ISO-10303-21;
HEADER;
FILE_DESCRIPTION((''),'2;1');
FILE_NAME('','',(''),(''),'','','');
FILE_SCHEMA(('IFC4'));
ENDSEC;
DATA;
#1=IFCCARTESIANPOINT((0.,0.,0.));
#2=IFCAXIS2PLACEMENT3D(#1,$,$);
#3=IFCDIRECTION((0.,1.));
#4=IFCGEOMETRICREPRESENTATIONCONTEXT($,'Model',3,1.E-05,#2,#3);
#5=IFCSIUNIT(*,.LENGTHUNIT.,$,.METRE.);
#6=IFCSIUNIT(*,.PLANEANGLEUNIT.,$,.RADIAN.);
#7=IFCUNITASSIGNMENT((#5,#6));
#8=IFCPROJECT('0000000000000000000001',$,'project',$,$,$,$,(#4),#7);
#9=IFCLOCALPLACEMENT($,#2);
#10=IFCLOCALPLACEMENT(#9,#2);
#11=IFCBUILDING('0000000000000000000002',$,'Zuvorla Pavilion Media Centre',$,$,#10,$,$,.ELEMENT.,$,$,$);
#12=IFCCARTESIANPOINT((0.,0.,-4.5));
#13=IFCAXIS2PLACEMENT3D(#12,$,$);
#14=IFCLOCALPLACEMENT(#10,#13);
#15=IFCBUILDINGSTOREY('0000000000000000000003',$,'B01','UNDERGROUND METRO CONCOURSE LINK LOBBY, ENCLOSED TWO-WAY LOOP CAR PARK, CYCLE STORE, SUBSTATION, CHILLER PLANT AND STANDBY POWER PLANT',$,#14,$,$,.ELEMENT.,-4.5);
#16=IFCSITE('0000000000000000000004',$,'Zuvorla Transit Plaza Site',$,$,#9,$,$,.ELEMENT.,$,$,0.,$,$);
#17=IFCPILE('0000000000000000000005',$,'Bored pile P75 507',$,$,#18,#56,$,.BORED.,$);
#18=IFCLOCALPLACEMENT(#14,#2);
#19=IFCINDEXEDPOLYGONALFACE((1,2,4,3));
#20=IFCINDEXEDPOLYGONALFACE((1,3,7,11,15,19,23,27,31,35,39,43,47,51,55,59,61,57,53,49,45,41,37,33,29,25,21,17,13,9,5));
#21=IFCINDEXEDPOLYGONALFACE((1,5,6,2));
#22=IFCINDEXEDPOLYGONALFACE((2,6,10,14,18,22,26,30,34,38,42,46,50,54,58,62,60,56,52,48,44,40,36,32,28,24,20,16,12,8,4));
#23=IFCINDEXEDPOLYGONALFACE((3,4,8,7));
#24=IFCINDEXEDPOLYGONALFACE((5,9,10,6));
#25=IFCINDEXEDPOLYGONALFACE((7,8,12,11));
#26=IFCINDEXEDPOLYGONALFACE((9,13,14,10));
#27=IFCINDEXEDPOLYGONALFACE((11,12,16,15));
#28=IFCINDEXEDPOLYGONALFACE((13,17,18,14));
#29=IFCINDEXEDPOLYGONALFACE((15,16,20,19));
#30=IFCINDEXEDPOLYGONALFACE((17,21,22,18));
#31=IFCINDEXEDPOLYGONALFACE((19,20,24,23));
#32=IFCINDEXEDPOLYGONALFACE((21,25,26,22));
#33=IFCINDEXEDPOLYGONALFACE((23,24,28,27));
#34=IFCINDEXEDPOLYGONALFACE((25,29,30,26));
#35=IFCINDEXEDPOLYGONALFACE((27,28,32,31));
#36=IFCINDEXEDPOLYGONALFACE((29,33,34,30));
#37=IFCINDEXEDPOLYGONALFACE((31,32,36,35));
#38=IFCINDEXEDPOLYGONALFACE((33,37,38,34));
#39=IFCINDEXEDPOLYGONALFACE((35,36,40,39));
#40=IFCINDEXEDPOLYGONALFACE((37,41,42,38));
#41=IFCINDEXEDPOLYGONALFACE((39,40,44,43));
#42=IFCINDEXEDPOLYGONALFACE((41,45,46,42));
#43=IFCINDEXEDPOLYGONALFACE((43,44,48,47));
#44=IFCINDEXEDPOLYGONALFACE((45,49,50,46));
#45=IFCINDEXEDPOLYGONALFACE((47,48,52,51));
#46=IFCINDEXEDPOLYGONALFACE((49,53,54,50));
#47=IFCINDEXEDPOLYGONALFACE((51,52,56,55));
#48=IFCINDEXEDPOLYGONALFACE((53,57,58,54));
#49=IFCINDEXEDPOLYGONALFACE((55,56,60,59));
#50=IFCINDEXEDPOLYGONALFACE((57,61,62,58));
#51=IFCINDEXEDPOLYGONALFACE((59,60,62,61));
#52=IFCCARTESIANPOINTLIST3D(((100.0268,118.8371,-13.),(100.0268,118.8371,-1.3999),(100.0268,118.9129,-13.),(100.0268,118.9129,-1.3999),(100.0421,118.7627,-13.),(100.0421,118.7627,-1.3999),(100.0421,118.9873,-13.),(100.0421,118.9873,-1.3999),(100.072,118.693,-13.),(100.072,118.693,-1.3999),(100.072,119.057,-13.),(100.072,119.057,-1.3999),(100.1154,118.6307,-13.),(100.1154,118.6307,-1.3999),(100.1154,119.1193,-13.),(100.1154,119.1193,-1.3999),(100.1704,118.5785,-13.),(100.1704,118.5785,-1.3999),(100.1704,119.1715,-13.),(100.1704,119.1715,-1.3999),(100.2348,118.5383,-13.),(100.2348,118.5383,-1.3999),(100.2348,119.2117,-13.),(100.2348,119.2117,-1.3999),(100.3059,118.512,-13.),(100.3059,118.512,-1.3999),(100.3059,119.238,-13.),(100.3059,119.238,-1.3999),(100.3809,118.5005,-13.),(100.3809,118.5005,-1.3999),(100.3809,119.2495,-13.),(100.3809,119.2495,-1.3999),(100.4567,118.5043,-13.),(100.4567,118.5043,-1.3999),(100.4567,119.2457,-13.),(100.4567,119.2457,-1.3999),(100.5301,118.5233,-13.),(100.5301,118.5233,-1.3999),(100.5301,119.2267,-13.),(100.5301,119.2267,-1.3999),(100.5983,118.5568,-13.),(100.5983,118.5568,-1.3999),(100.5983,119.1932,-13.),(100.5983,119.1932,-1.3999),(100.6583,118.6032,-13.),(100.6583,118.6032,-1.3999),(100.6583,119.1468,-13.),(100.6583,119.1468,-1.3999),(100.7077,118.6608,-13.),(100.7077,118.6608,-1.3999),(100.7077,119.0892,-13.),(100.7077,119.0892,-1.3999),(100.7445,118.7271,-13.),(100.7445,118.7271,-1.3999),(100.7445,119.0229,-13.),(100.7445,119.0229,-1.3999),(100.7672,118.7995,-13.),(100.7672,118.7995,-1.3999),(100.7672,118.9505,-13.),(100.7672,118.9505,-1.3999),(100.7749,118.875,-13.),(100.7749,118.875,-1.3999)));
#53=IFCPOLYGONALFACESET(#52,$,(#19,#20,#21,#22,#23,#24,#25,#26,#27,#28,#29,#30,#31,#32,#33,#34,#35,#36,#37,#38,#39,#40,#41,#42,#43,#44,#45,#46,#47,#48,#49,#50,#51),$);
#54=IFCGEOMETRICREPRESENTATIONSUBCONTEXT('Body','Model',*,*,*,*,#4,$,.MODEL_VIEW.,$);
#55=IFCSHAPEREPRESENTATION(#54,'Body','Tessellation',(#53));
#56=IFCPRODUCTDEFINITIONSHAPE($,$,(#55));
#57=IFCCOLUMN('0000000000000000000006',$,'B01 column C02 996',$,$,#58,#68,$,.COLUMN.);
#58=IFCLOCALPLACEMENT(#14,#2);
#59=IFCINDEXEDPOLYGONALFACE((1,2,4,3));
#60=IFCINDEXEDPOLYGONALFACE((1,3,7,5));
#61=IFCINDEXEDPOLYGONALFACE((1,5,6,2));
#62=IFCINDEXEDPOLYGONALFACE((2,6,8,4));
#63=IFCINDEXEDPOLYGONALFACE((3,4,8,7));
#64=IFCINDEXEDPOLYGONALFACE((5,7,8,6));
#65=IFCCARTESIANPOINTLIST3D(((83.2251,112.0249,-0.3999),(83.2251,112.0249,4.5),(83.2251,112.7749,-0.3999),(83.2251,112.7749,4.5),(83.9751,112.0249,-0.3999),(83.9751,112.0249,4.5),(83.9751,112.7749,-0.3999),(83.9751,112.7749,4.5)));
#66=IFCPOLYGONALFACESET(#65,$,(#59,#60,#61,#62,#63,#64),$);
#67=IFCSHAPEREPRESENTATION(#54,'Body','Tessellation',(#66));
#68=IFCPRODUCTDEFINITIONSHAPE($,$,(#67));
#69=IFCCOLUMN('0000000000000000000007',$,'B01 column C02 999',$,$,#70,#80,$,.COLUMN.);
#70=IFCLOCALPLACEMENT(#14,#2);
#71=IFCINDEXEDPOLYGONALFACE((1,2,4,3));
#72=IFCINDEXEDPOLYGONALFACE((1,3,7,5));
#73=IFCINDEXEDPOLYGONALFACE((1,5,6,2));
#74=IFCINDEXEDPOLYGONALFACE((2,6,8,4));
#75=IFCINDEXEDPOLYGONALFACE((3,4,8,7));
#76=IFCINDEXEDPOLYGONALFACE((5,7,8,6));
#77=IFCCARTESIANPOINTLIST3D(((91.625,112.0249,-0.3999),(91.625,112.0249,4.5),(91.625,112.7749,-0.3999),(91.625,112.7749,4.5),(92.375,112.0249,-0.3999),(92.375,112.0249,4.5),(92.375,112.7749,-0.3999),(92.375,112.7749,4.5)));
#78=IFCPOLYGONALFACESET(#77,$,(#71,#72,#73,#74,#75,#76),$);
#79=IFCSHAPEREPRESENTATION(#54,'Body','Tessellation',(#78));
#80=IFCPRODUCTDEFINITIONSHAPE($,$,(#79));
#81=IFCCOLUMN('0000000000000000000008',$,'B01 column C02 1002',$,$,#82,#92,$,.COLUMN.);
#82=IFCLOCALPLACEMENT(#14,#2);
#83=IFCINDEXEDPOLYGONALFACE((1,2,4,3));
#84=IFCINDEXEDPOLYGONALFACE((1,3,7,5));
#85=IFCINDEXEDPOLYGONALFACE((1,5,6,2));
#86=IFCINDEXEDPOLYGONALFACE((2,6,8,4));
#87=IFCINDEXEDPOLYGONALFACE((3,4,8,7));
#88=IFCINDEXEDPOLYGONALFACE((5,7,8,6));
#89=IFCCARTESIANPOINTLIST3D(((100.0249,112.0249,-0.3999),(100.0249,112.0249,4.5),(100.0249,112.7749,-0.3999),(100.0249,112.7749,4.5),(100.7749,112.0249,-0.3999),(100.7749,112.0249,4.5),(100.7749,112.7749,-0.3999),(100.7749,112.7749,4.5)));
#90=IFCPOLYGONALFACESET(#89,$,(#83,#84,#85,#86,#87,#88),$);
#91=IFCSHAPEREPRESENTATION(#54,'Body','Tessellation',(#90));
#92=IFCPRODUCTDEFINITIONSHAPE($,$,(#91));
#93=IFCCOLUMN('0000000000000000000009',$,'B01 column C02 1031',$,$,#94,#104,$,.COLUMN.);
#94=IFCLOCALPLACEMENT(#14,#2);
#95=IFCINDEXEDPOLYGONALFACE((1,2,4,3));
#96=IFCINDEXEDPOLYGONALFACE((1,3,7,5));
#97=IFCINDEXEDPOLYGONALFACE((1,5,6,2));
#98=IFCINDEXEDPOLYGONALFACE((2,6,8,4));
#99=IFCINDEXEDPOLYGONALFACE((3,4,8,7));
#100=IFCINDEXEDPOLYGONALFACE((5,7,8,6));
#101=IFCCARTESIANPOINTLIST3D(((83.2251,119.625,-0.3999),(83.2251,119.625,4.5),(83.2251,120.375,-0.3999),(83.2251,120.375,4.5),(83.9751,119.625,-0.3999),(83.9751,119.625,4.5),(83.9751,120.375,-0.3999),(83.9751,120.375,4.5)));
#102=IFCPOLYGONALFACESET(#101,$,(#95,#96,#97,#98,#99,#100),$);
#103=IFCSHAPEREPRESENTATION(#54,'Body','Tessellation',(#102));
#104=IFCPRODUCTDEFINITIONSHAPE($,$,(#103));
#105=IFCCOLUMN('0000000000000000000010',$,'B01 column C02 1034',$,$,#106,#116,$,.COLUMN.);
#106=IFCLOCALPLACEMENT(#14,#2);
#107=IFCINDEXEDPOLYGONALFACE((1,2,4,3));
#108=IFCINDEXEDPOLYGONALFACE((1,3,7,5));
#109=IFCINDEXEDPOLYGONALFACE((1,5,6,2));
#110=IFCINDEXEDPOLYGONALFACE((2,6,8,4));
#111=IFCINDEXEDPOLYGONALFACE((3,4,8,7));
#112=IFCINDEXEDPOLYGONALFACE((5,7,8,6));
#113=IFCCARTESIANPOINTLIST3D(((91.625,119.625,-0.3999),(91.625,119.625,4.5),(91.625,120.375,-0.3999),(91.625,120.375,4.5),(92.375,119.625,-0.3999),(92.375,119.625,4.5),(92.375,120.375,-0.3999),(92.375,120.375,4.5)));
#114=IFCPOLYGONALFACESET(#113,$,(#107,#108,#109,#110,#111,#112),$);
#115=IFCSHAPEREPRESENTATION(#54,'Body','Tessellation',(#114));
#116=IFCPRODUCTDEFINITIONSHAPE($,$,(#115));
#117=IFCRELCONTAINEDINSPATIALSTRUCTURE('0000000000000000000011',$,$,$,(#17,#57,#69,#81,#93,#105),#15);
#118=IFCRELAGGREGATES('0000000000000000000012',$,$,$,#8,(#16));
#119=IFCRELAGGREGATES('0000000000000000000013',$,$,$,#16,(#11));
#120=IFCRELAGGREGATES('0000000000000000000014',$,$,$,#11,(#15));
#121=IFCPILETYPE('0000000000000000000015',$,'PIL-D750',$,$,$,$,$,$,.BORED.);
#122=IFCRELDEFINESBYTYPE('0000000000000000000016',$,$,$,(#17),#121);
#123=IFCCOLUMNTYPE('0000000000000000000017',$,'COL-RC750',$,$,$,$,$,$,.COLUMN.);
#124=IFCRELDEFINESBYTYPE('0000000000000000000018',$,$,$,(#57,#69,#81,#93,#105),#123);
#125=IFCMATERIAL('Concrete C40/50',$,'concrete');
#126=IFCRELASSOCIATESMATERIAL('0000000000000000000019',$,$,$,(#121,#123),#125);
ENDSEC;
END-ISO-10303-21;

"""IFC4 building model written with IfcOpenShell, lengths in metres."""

from ifc_helpers import new_model, si_unit, direction, frame, origin, origin_2d, place, context, subcontext, project, spatial, rectangle, circle, extrude, material, material_profile, profile_set, type_object, element, save


model = new_model("IFC4")

# Units and contexts
model_context = context("Model", 3, precision=1e-05, world=origin(), true_north=direction((0.0, 1.0)))
body_context = subcontext(model_context, "Body", "Model", "MODEL_VIEW")
ifc_project = project(units=[si_unit("LENGTHUNIT", "METRE"), si_unit("PLANEANGLEUNIT", "RADIAN")], contexts=[model_context])

# Site, building, storey
site_placement = place(None, origin())
site = spatial("IfcSite", under=ifc_project, at=site_placement, Name="Zuvorla Transit Plaza Site", CompositionType="ELEMENT", RefElevation=0.0)
building_placement = place(site_placement, origin())
building = spatial("IfcBuilding", under=site, at=building_placement, Name="Zuvorla Pavilion Media Centre", CompositionType="ELEMENT")
storey_placement = place(building_placement, frame((0.0, 0.0, -4.5)))
storey = spatial("IfcBuildingStorey", under=building, at=storey_placement, Name="B01", Description="UNDERGROUND METRO CONCOURSE LINK LOBBY, ENCLOSED TWO-WAY LOOP CAR PARK, CYCLE STORE, SUBSTATION, CHILLER PLANT AND STANDBY POWER PLANT", CompositionType="ELEMENT", Elevation=-4.5)

# Shared definitions
ifc_material = material(Name="Concrete C40/50", Category="concrete")

# Pile
ifc_material_profile_1 = material_profile(ifc_material, circle(Radius=0.375, at=origin_2d()), Name="BORED PILE 750")
ifc_profile_set_1 = profile_set([ifc_material_profile_1], Name="Concrete C40/50")
pile_type = type_object("IfcPileType", Name="PIL-D750", PredefinedType="BORED", material=ifc_profile_set_1)
for number, where, z_axis, x_axis, name in (
    (1, (100.3999, 118.875, -1.3999), (0.0, 0.0, -1.0), (1.0, 0.0, 0.0), "Bored pile P75 507"),
):
    element("IfcPile", number, at=place(storey_placement, frame(where, z_axis=z_axis, x_axis=x_axis)), inside=storey, type_object=pile_type, Name=name, PredefinedType="BORED", context=body_context, shape_type="SweptSolid", body=[
        extrude(circle(Radius=0.375, at=origin_2d()), origin(), (0.0, 0.0, 1.0), 11.6001),
    ])

# Columns
ifc_material_profile_2 = material_profile(ifc_material, rectangle(XDim=0.75, YDim=0.75, at=origin_2d()), Name="RC 750x750")
ifc_profile_set_2 = profile_set([ifc_material_profile_2], Name="Concrete C40/50")
column_type = type_object("IfcColumnType", Name="COL-RC750", PredefinedType="COLUMN", material=ifc_profile_set_2)
for number, where, z_axis, x_axis, name in (
    (2, (83.6001, 112.3999, -0.3999), (0.0, 0.0, 1.0), (1.0, 0.0, 0.0), "B01 column C02 996"),
    (3, (92.0, 112.3999, -0.3999), (0.0, 0.0, 1.0), (1.0, 0.0, 0.0), "B01 column C02 999"),
    (4, (100.3999, 112.3999, -0.3999), (0.0, 0.0, 1.0), (1.0, 0.0, 0.0), "B01 column C02 1002"),
    (5, (83.6001, 120.0, -0.3999), (0.0, 0.0, 1.0), (1.0, 0.0, 0.0), "B01 column C02 1031"),
    (6, (92.0, 120.0, -0.3999), (0.0, 0.0, 1.0), (1.0, 0.0, 0.0), "B01 column C02 1034"),
):
    element("IfcColumn", number, at=place(storey_placement, frame(where, z_axis=z_axis, x_axis=x_axis)), inside=storey, type_object=column_type, Name=name, PredefinedType="COLUMN", context=body_context, shape_type="SweptSolid", body=[
        extrude(rectangle(XDim=0.75, YDim=0.75, at=origin_2d()), origin(), (0.0, 0.0, 1.0), 4.8999),
    ])

save(model, "model.ifc")
